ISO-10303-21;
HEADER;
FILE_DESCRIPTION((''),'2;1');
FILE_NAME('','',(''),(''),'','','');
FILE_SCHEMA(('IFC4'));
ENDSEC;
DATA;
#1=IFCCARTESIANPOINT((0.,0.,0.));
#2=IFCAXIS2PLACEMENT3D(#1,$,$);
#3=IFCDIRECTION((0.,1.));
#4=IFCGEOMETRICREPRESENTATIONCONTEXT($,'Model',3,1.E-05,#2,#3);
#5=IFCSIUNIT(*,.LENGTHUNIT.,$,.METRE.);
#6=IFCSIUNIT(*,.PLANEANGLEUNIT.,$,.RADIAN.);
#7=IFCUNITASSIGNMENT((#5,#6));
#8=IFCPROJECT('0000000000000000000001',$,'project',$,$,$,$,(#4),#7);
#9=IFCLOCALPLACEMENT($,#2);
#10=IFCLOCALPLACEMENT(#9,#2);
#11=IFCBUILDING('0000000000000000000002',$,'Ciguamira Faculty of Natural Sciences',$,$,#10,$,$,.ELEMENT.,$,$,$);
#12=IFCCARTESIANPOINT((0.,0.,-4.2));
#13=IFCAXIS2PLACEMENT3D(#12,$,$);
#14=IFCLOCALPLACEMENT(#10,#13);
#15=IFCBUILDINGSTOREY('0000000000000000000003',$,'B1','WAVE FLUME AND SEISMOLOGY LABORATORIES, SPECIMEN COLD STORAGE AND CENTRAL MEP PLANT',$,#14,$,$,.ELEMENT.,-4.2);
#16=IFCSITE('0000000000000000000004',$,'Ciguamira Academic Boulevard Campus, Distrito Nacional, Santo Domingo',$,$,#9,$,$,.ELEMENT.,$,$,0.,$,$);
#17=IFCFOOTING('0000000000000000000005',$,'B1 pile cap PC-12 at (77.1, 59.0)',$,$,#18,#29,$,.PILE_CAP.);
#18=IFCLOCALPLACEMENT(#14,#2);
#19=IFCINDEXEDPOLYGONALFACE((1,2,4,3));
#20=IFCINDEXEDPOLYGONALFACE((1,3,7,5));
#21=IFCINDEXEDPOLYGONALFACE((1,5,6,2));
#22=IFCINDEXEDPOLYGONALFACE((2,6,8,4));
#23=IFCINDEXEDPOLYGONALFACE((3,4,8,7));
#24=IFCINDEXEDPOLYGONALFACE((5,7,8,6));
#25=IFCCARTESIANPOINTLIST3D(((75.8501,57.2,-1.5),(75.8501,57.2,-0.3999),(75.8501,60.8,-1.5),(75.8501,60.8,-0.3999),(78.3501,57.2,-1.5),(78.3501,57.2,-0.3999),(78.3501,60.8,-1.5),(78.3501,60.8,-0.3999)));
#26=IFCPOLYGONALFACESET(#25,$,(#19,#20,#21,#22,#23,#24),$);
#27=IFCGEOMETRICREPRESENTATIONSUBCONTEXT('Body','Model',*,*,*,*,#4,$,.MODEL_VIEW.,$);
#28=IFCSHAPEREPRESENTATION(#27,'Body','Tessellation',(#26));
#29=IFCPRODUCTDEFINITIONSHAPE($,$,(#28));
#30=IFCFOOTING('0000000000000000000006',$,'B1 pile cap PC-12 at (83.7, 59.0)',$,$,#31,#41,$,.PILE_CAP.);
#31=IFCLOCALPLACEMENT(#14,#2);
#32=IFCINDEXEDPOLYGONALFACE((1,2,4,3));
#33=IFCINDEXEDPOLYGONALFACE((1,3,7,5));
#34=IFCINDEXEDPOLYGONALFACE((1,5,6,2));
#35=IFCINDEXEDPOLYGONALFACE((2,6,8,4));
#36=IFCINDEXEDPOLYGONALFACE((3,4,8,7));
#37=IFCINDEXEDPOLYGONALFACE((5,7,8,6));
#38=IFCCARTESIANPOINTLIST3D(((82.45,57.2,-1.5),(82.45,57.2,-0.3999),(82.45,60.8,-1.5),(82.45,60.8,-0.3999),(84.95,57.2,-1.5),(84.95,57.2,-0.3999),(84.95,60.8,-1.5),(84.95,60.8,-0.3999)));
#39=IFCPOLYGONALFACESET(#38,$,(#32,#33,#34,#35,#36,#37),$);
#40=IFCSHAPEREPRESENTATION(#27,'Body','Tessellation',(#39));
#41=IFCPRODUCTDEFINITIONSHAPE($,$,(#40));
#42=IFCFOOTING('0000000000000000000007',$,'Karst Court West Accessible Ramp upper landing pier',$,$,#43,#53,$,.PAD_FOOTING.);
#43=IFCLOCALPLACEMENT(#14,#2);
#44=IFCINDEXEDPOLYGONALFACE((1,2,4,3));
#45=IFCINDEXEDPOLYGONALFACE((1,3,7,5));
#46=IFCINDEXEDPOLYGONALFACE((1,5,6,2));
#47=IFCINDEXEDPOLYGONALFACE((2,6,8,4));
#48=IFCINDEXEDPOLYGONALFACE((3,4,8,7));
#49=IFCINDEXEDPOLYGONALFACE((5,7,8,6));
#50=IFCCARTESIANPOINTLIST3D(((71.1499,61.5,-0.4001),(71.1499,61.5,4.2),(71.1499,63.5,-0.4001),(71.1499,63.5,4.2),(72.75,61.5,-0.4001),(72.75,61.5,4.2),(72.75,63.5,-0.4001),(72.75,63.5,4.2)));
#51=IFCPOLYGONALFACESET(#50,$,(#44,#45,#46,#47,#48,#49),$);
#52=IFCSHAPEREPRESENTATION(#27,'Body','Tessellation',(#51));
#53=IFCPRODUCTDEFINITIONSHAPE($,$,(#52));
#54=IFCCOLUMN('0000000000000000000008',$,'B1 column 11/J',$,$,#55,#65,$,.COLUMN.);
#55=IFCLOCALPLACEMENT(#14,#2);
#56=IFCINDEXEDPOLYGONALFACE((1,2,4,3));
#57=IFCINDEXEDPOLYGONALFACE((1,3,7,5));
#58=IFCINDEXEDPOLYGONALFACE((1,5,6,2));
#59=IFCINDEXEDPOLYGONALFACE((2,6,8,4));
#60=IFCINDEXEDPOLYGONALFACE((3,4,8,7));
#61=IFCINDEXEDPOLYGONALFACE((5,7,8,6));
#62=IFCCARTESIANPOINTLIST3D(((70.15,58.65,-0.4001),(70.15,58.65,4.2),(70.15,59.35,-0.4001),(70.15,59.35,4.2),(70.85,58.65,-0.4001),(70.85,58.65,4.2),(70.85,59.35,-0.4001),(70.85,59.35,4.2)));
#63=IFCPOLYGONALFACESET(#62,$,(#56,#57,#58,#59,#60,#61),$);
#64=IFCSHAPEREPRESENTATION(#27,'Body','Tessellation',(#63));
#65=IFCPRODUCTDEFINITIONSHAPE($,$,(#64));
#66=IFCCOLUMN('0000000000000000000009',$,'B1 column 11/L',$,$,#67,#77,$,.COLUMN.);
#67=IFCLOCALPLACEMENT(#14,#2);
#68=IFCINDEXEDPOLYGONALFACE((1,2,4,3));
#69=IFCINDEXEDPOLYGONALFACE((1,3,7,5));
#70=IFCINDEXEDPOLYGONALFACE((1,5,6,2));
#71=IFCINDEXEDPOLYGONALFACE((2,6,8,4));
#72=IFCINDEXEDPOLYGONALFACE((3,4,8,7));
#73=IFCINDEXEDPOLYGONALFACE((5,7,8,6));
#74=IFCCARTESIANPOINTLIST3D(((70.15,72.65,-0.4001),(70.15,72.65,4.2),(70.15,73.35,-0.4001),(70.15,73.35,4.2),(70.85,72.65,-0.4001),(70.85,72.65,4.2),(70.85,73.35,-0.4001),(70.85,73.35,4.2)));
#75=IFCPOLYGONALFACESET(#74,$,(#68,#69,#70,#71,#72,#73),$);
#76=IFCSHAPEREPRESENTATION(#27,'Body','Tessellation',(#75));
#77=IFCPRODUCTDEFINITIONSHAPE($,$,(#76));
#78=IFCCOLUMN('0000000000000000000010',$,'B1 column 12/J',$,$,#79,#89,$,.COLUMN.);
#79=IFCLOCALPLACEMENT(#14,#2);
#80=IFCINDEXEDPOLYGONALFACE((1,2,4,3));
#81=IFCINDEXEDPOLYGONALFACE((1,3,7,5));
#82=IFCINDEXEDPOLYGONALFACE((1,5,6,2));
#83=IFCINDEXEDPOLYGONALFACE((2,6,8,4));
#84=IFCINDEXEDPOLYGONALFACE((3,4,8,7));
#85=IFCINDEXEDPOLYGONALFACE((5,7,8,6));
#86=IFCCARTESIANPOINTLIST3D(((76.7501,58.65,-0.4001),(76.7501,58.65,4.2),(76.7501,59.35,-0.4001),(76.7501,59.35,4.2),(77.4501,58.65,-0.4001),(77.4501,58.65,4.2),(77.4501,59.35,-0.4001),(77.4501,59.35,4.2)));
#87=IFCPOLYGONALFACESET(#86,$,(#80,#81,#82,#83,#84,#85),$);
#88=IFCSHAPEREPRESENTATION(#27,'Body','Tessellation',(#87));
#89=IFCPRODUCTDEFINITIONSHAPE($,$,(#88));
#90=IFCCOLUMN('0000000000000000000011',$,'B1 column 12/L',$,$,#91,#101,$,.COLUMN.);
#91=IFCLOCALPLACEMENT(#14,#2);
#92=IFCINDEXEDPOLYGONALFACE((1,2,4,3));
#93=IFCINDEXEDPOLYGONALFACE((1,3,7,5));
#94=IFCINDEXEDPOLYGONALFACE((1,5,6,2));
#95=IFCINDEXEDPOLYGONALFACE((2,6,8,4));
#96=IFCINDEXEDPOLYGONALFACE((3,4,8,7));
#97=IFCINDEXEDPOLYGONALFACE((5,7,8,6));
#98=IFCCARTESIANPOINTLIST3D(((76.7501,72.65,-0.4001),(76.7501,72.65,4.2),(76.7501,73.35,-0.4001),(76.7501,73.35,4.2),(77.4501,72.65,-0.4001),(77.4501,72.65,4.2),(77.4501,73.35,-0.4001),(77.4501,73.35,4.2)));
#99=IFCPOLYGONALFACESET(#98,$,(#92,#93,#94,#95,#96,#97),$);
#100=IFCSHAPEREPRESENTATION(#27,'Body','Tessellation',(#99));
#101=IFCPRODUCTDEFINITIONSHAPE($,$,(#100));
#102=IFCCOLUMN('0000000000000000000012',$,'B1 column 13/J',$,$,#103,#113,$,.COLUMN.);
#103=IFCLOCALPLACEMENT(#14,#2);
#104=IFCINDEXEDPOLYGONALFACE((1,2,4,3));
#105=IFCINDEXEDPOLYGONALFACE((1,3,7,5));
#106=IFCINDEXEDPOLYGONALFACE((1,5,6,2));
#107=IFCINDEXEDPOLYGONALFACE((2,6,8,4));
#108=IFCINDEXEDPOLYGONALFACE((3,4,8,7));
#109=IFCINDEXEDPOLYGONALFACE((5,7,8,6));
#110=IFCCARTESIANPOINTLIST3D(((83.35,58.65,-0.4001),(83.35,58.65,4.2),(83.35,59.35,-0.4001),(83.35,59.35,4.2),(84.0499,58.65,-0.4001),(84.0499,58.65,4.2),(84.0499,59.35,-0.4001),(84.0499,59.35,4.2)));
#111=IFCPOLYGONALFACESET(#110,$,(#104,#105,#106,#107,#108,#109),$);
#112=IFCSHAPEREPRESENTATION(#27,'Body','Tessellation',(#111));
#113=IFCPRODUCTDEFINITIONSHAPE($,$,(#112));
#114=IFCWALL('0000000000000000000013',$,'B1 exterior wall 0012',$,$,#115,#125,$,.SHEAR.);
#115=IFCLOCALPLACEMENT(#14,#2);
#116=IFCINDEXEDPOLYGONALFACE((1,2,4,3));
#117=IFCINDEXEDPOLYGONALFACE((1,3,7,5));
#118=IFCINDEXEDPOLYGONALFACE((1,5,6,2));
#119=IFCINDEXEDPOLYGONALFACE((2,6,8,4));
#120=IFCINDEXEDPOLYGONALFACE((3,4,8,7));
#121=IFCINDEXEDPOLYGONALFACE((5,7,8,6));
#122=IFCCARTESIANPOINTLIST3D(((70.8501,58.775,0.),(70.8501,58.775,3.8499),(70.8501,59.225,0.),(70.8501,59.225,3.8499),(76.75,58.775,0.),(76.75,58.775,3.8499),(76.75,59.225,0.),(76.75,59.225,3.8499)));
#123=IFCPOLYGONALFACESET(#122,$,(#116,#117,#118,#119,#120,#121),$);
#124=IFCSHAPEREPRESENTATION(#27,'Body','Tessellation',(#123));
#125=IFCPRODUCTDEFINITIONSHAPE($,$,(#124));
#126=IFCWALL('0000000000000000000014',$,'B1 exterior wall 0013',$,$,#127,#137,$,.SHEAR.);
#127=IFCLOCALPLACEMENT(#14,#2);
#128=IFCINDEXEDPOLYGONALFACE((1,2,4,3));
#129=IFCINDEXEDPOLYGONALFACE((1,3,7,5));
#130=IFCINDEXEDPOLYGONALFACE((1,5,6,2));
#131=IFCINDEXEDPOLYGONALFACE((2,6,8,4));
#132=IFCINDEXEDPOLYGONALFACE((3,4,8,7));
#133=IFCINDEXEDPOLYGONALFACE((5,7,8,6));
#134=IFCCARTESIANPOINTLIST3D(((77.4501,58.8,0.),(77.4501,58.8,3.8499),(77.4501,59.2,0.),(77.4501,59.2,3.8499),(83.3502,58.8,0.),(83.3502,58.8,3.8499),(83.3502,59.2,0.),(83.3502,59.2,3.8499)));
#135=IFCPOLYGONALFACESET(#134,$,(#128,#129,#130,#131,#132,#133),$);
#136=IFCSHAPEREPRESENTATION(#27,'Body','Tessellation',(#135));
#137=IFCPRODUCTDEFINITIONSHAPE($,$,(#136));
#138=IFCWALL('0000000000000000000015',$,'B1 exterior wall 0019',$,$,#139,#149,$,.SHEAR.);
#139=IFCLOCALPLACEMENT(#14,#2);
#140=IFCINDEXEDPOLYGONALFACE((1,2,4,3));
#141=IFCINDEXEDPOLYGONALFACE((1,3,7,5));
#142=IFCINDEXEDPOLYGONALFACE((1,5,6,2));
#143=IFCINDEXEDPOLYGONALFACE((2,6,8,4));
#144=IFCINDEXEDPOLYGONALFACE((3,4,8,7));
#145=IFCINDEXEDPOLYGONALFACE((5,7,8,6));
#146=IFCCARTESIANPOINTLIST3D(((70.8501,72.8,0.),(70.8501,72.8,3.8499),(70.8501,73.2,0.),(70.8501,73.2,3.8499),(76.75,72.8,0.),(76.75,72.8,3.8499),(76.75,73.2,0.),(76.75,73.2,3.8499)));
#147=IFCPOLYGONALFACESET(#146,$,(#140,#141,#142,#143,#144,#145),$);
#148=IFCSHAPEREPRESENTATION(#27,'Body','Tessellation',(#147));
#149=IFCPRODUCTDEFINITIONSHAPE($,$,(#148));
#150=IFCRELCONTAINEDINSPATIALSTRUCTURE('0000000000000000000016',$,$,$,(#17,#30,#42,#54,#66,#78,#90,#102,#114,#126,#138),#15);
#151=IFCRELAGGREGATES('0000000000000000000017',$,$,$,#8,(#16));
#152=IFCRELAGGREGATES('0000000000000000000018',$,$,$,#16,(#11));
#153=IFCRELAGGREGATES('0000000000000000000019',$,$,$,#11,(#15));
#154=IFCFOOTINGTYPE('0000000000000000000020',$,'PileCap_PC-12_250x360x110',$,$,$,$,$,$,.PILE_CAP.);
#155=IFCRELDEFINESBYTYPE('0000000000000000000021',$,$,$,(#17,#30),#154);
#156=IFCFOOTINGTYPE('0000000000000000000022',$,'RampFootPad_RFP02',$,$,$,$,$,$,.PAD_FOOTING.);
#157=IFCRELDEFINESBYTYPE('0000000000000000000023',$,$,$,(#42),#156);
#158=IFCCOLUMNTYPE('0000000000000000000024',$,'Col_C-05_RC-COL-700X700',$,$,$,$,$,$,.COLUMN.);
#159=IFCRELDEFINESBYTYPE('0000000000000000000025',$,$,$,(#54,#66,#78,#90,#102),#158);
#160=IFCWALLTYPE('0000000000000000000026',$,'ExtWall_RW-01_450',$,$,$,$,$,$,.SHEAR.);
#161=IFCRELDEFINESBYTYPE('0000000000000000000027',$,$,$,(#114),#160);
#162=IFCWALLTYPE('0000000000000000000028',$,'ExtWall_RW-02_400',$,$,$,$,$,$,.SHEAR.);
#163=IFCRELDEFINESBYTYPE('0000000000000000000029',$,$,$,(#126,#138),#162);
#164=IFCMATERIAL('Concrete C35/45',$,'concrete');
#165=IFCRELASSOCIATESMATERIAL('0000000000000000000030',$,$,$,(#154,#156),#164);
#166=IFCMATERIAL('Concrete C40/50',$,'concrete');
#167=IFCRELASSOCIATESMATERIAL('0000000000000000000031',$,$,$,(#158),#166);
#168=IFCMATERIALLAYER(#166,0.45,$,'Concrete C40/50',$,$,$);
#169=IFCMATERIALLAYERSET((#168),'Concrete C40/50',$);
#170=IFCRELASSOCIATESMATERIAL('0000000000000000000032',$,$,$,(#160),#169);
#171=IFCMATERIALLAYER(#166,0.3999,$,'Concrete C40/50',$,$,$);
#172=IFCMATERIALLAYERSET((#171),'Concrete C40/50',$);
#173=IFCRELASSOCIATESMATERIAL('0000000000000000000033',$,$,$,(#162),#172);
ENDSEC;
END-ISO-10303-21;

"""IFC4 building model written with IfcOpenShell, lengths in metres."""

from ifc_helpers import new_model, si_unit, direction, frame, frame_2d, origin, origin_2d, place, context, subcontext, project, spatial, rectangle, extrude, material, layer, layer_set, material_profile, profile_set, type_object, element, save


model = new_model("IFC4")

# Units and contexts
model_context = context("Model", 3, precision=1e-05, world=origin(), true_north=direction((0.0, 1.0)))
body_context = subcontext(model_context, "Body", "Model", "MODEL_VIEW")
ifc_project = project(units=[si_unit("LENGTHUNIT", "METRE"), si_unit("PLANEANGLEUNIT", "RADIAN")], contexts=[model_context])

# Site, building, storey
site_placement = place(None, origin())
site = spatial("IfcSite", under=ifc_project, at=site_placement, Name="Ciguamira Academic Boulevard Campus, Distrito Nacional, Santo Domingo", CompositionType="ELEMENT", RefElevation=0.0)
building_placement = place(site_placement, origin())
building = spatial("IfcBuilding", under=site, at=building_placement, Name="Ciguamira Faculty of Natural Sciences", CompositionType="ELEMENT")
storey_placement = place(building_placement, frame((0.0, 0.0, -4.2)))
storey = spatial("IfcBuildingStorey", under=building, at=storey_placement, Name="B1", Description="WAVE FLUME AND SEISMOLOGY LABORATORIES, SPECIMEN COLD STORAGE AND CENTRAL MEP PLANT", CompositionType="ELEMENT", Elevation=-4.2)

# Shared definitions
ifc_material_1 = material(Name="Concrete C35/45", Category="concrete")

# Footings
footing_type_1 = type_object("IfcFootingType", Name="PileCap_PC-12_250x360x110", PredefinedType="PILE_CAP", material=ifc_material_1)
for number, where, z_axis, x_axis, name in (
    (1, (77.1001, 59.0, -1.5), (0.0, 0.0, 1.0), (1.0, 0.0, 0.0), "B1 pile cap PC-12 at (77.1, 59.0)"),
    (2, (83.7, 59.0, -1.5), (0.0, 0.0, 1.0), (1.0, 0.0, 0.0), "B1 pile cap PC-12 at (83.7, 59.0)"),
):
    element("IfcFooting", number, at=place(storey_placement, frame(where, z_axis=z_axis, x_axis=x_axis)), inside=storey, type_object=footing_type_1, Name=name, PredefinedType="PILE_CAP", context=body_context, shape_type="SweptSolid", body=[
        extrude(rectangle(XDim=2.5, YDim=3.6001, at=origin_2d()), origin(), (0.0, 0.0, 1.0), 1.1001),
    ])
footing_type_2 = type_object("IfcFootingType", Name="RampFootPad_RFP02", PredefinedType="PAD_FOOTING", material=ifc_material_1)
footing_1_placement = place(storey_placement, frame((71.95, 62.5, -0.4001), z_axis=(0.0, 0.0, 1.0), x_axis=(1.0, 0.0, 0.0)))
element("IfcFooting", 3, at=footing_1_placement, inside=storey, type_object=footing_type_2, Name="Karst Court West Accessible Ramp upper landing pier", PredefinedType="PAD_FOOTING", context=body_context, shape_type="SweptSolid", body=[
    extrude(rectangle(XDim=1.6001, YDim=2.0, at=origin_2d()), origin(), (0.0, 0.0, 1.0), 4.6001),
])

# Columns
ifc_material_2 = material(Name="Concrete C40/50", Category="concrete")
ifc_material_profile_1 = material_profile(ifc_material_2, rectangle(XDim=0.7, YDim=0.7, at=origin_2d()), Name="RC-COL-700X700")
ifc_profile_set_1 = profile_set([ifc_material_profile_1], Name="Concrete C40/50")
column_type = type_object("IfcColumnType", Name="Col_C-05_RC-COL-700X700", PredefinedType="COLUMN", material=ifc_profile_set_1)
for number, where, z_axis, x_axis, name in (
    (4, (70.5, 59.0, -0.4001), (0.0, 0.0, 1.0), (1.0, 0.0, 0.0), "B1 column 11/J"),
    (5, (70.5, 73.0, -0.4001), (0.0, 0.0, 1.0), (1.0, 0.0, 0.0), "B1 column 11/L"),
    (6, (77.1001, 59.0, -0.4001), (0.0, 0.0, 1.0), (1.0, 0.0, 0.0), "B1 column 12/J"),
    (7, (77.1001, 73.0, -0.4001), (0.0, 0.0, 1.0), (1.0, 0.0, 0.0), "B1 column 12/L"),
    (8, (83.7, 59.0, -0.4001), (0.0, 0.0, 1.0), (1.0, 0.0, 0.0), "B1 column 13/J"),
):
    element("IfcColumn", number, at=place(storey_placement, frame(where, z_axis=z_axis, x_axis=x_axis)), inside=storey, type_object=column_type, Name=name, PredefinedType="COLUMN", context=body_context, shape_type="SweptSolid", body=[
        extrude(rectangle(XDim=0.7, YDim=0.7, at=origin_2d()), origin(), (0.0, 0.0, 1.0), 4.6001),
    ])

# Walls
ifc_layer_1 = layer(ifc_material_2, 0.45, Name="Concrete C40/50")
ifc_layer_set_1 = layer_set([ifc_layer_1], Name="Concrete C40/50")
wall_type_1 = type_object("IfcWallType", Name="ExtWall_RW-01_450", PredefinedType="SHEAR", material=ifc_layer_set_1)
wall_1_placement = place(storey_placement, frame((70.8501, 59.0, 0.0), z_axis=(0.0, 0.0, 1.0), x_axis=(1.0, 0.0, 0.0)))
element("IfcWall", 9, at=wall_1_placement, inside=storey, type_object=wall_type_1, Name="B1 exterior wall 0012", PredefinedType="SHEAR", context=body_context, shape_type="SweptSolid", body=[
    extrude(rectangle(XDim=5.8999, YDim=0.45, at=frame_2d((2.95, 0.0))), origin(), (0.0, 0.0, 1.0), 3.8499),
])
ifc_layer_2 = layer(ifc_material_2, 0.3999, Name="Concrete C40/50")
ifc_layer_set_2 = layer_set([ifc_layer_2], Name="Concrete C40/50")
wall_type_2 = type_object("IfcWallType", Name="ExtWall_RW-02_400", PredefinedType="SHEAR", material=ifc_layer_set_2)
wall_2_placement = place(storey_placement, frame((77.45, 59.0, 0.0), z_axis=(0.0, 0.0, 1.0), x_axis=(1.0, 0.0, 0.0)))
element("IfcWall", 10, at=wall_2_placement, inside=storey, type_object=wall_type_2, Name="B1 exterior wall 0013", PredefinedType="SHEAR", context=body_context, shape_type="SweptSolid", body=[
    extrude(rectangle(XDim=5.9001, YDim=0.3999, at=frame_2d((2.9502, 0.0))), origin(), (0.0, 0.0, 1.0), 3.8499),
])
wall_3_placement = place(storey_placement, frame((70.8501, 73.0, 0.0), z_axis=(0.0, 0.0, 1.0), x_axis=(1.0, 0.0, 0.0)))
element("IfcWall", 11, at=wall_3_placement, inside=storey, type_object=wall_type_2, Name="B1 exterior wall 0019", PredefinedType="SHEAR", context=body_context, shape_type="SweptSolid", body=[
    extrude(rectangle(XDim=5.8999, YDim=0.3999, at=frame_2d((2.95, 0.0))), origin(), (0.0, 0.0, 1.0), 3.8499),
])

save(model, "model.ifc")
